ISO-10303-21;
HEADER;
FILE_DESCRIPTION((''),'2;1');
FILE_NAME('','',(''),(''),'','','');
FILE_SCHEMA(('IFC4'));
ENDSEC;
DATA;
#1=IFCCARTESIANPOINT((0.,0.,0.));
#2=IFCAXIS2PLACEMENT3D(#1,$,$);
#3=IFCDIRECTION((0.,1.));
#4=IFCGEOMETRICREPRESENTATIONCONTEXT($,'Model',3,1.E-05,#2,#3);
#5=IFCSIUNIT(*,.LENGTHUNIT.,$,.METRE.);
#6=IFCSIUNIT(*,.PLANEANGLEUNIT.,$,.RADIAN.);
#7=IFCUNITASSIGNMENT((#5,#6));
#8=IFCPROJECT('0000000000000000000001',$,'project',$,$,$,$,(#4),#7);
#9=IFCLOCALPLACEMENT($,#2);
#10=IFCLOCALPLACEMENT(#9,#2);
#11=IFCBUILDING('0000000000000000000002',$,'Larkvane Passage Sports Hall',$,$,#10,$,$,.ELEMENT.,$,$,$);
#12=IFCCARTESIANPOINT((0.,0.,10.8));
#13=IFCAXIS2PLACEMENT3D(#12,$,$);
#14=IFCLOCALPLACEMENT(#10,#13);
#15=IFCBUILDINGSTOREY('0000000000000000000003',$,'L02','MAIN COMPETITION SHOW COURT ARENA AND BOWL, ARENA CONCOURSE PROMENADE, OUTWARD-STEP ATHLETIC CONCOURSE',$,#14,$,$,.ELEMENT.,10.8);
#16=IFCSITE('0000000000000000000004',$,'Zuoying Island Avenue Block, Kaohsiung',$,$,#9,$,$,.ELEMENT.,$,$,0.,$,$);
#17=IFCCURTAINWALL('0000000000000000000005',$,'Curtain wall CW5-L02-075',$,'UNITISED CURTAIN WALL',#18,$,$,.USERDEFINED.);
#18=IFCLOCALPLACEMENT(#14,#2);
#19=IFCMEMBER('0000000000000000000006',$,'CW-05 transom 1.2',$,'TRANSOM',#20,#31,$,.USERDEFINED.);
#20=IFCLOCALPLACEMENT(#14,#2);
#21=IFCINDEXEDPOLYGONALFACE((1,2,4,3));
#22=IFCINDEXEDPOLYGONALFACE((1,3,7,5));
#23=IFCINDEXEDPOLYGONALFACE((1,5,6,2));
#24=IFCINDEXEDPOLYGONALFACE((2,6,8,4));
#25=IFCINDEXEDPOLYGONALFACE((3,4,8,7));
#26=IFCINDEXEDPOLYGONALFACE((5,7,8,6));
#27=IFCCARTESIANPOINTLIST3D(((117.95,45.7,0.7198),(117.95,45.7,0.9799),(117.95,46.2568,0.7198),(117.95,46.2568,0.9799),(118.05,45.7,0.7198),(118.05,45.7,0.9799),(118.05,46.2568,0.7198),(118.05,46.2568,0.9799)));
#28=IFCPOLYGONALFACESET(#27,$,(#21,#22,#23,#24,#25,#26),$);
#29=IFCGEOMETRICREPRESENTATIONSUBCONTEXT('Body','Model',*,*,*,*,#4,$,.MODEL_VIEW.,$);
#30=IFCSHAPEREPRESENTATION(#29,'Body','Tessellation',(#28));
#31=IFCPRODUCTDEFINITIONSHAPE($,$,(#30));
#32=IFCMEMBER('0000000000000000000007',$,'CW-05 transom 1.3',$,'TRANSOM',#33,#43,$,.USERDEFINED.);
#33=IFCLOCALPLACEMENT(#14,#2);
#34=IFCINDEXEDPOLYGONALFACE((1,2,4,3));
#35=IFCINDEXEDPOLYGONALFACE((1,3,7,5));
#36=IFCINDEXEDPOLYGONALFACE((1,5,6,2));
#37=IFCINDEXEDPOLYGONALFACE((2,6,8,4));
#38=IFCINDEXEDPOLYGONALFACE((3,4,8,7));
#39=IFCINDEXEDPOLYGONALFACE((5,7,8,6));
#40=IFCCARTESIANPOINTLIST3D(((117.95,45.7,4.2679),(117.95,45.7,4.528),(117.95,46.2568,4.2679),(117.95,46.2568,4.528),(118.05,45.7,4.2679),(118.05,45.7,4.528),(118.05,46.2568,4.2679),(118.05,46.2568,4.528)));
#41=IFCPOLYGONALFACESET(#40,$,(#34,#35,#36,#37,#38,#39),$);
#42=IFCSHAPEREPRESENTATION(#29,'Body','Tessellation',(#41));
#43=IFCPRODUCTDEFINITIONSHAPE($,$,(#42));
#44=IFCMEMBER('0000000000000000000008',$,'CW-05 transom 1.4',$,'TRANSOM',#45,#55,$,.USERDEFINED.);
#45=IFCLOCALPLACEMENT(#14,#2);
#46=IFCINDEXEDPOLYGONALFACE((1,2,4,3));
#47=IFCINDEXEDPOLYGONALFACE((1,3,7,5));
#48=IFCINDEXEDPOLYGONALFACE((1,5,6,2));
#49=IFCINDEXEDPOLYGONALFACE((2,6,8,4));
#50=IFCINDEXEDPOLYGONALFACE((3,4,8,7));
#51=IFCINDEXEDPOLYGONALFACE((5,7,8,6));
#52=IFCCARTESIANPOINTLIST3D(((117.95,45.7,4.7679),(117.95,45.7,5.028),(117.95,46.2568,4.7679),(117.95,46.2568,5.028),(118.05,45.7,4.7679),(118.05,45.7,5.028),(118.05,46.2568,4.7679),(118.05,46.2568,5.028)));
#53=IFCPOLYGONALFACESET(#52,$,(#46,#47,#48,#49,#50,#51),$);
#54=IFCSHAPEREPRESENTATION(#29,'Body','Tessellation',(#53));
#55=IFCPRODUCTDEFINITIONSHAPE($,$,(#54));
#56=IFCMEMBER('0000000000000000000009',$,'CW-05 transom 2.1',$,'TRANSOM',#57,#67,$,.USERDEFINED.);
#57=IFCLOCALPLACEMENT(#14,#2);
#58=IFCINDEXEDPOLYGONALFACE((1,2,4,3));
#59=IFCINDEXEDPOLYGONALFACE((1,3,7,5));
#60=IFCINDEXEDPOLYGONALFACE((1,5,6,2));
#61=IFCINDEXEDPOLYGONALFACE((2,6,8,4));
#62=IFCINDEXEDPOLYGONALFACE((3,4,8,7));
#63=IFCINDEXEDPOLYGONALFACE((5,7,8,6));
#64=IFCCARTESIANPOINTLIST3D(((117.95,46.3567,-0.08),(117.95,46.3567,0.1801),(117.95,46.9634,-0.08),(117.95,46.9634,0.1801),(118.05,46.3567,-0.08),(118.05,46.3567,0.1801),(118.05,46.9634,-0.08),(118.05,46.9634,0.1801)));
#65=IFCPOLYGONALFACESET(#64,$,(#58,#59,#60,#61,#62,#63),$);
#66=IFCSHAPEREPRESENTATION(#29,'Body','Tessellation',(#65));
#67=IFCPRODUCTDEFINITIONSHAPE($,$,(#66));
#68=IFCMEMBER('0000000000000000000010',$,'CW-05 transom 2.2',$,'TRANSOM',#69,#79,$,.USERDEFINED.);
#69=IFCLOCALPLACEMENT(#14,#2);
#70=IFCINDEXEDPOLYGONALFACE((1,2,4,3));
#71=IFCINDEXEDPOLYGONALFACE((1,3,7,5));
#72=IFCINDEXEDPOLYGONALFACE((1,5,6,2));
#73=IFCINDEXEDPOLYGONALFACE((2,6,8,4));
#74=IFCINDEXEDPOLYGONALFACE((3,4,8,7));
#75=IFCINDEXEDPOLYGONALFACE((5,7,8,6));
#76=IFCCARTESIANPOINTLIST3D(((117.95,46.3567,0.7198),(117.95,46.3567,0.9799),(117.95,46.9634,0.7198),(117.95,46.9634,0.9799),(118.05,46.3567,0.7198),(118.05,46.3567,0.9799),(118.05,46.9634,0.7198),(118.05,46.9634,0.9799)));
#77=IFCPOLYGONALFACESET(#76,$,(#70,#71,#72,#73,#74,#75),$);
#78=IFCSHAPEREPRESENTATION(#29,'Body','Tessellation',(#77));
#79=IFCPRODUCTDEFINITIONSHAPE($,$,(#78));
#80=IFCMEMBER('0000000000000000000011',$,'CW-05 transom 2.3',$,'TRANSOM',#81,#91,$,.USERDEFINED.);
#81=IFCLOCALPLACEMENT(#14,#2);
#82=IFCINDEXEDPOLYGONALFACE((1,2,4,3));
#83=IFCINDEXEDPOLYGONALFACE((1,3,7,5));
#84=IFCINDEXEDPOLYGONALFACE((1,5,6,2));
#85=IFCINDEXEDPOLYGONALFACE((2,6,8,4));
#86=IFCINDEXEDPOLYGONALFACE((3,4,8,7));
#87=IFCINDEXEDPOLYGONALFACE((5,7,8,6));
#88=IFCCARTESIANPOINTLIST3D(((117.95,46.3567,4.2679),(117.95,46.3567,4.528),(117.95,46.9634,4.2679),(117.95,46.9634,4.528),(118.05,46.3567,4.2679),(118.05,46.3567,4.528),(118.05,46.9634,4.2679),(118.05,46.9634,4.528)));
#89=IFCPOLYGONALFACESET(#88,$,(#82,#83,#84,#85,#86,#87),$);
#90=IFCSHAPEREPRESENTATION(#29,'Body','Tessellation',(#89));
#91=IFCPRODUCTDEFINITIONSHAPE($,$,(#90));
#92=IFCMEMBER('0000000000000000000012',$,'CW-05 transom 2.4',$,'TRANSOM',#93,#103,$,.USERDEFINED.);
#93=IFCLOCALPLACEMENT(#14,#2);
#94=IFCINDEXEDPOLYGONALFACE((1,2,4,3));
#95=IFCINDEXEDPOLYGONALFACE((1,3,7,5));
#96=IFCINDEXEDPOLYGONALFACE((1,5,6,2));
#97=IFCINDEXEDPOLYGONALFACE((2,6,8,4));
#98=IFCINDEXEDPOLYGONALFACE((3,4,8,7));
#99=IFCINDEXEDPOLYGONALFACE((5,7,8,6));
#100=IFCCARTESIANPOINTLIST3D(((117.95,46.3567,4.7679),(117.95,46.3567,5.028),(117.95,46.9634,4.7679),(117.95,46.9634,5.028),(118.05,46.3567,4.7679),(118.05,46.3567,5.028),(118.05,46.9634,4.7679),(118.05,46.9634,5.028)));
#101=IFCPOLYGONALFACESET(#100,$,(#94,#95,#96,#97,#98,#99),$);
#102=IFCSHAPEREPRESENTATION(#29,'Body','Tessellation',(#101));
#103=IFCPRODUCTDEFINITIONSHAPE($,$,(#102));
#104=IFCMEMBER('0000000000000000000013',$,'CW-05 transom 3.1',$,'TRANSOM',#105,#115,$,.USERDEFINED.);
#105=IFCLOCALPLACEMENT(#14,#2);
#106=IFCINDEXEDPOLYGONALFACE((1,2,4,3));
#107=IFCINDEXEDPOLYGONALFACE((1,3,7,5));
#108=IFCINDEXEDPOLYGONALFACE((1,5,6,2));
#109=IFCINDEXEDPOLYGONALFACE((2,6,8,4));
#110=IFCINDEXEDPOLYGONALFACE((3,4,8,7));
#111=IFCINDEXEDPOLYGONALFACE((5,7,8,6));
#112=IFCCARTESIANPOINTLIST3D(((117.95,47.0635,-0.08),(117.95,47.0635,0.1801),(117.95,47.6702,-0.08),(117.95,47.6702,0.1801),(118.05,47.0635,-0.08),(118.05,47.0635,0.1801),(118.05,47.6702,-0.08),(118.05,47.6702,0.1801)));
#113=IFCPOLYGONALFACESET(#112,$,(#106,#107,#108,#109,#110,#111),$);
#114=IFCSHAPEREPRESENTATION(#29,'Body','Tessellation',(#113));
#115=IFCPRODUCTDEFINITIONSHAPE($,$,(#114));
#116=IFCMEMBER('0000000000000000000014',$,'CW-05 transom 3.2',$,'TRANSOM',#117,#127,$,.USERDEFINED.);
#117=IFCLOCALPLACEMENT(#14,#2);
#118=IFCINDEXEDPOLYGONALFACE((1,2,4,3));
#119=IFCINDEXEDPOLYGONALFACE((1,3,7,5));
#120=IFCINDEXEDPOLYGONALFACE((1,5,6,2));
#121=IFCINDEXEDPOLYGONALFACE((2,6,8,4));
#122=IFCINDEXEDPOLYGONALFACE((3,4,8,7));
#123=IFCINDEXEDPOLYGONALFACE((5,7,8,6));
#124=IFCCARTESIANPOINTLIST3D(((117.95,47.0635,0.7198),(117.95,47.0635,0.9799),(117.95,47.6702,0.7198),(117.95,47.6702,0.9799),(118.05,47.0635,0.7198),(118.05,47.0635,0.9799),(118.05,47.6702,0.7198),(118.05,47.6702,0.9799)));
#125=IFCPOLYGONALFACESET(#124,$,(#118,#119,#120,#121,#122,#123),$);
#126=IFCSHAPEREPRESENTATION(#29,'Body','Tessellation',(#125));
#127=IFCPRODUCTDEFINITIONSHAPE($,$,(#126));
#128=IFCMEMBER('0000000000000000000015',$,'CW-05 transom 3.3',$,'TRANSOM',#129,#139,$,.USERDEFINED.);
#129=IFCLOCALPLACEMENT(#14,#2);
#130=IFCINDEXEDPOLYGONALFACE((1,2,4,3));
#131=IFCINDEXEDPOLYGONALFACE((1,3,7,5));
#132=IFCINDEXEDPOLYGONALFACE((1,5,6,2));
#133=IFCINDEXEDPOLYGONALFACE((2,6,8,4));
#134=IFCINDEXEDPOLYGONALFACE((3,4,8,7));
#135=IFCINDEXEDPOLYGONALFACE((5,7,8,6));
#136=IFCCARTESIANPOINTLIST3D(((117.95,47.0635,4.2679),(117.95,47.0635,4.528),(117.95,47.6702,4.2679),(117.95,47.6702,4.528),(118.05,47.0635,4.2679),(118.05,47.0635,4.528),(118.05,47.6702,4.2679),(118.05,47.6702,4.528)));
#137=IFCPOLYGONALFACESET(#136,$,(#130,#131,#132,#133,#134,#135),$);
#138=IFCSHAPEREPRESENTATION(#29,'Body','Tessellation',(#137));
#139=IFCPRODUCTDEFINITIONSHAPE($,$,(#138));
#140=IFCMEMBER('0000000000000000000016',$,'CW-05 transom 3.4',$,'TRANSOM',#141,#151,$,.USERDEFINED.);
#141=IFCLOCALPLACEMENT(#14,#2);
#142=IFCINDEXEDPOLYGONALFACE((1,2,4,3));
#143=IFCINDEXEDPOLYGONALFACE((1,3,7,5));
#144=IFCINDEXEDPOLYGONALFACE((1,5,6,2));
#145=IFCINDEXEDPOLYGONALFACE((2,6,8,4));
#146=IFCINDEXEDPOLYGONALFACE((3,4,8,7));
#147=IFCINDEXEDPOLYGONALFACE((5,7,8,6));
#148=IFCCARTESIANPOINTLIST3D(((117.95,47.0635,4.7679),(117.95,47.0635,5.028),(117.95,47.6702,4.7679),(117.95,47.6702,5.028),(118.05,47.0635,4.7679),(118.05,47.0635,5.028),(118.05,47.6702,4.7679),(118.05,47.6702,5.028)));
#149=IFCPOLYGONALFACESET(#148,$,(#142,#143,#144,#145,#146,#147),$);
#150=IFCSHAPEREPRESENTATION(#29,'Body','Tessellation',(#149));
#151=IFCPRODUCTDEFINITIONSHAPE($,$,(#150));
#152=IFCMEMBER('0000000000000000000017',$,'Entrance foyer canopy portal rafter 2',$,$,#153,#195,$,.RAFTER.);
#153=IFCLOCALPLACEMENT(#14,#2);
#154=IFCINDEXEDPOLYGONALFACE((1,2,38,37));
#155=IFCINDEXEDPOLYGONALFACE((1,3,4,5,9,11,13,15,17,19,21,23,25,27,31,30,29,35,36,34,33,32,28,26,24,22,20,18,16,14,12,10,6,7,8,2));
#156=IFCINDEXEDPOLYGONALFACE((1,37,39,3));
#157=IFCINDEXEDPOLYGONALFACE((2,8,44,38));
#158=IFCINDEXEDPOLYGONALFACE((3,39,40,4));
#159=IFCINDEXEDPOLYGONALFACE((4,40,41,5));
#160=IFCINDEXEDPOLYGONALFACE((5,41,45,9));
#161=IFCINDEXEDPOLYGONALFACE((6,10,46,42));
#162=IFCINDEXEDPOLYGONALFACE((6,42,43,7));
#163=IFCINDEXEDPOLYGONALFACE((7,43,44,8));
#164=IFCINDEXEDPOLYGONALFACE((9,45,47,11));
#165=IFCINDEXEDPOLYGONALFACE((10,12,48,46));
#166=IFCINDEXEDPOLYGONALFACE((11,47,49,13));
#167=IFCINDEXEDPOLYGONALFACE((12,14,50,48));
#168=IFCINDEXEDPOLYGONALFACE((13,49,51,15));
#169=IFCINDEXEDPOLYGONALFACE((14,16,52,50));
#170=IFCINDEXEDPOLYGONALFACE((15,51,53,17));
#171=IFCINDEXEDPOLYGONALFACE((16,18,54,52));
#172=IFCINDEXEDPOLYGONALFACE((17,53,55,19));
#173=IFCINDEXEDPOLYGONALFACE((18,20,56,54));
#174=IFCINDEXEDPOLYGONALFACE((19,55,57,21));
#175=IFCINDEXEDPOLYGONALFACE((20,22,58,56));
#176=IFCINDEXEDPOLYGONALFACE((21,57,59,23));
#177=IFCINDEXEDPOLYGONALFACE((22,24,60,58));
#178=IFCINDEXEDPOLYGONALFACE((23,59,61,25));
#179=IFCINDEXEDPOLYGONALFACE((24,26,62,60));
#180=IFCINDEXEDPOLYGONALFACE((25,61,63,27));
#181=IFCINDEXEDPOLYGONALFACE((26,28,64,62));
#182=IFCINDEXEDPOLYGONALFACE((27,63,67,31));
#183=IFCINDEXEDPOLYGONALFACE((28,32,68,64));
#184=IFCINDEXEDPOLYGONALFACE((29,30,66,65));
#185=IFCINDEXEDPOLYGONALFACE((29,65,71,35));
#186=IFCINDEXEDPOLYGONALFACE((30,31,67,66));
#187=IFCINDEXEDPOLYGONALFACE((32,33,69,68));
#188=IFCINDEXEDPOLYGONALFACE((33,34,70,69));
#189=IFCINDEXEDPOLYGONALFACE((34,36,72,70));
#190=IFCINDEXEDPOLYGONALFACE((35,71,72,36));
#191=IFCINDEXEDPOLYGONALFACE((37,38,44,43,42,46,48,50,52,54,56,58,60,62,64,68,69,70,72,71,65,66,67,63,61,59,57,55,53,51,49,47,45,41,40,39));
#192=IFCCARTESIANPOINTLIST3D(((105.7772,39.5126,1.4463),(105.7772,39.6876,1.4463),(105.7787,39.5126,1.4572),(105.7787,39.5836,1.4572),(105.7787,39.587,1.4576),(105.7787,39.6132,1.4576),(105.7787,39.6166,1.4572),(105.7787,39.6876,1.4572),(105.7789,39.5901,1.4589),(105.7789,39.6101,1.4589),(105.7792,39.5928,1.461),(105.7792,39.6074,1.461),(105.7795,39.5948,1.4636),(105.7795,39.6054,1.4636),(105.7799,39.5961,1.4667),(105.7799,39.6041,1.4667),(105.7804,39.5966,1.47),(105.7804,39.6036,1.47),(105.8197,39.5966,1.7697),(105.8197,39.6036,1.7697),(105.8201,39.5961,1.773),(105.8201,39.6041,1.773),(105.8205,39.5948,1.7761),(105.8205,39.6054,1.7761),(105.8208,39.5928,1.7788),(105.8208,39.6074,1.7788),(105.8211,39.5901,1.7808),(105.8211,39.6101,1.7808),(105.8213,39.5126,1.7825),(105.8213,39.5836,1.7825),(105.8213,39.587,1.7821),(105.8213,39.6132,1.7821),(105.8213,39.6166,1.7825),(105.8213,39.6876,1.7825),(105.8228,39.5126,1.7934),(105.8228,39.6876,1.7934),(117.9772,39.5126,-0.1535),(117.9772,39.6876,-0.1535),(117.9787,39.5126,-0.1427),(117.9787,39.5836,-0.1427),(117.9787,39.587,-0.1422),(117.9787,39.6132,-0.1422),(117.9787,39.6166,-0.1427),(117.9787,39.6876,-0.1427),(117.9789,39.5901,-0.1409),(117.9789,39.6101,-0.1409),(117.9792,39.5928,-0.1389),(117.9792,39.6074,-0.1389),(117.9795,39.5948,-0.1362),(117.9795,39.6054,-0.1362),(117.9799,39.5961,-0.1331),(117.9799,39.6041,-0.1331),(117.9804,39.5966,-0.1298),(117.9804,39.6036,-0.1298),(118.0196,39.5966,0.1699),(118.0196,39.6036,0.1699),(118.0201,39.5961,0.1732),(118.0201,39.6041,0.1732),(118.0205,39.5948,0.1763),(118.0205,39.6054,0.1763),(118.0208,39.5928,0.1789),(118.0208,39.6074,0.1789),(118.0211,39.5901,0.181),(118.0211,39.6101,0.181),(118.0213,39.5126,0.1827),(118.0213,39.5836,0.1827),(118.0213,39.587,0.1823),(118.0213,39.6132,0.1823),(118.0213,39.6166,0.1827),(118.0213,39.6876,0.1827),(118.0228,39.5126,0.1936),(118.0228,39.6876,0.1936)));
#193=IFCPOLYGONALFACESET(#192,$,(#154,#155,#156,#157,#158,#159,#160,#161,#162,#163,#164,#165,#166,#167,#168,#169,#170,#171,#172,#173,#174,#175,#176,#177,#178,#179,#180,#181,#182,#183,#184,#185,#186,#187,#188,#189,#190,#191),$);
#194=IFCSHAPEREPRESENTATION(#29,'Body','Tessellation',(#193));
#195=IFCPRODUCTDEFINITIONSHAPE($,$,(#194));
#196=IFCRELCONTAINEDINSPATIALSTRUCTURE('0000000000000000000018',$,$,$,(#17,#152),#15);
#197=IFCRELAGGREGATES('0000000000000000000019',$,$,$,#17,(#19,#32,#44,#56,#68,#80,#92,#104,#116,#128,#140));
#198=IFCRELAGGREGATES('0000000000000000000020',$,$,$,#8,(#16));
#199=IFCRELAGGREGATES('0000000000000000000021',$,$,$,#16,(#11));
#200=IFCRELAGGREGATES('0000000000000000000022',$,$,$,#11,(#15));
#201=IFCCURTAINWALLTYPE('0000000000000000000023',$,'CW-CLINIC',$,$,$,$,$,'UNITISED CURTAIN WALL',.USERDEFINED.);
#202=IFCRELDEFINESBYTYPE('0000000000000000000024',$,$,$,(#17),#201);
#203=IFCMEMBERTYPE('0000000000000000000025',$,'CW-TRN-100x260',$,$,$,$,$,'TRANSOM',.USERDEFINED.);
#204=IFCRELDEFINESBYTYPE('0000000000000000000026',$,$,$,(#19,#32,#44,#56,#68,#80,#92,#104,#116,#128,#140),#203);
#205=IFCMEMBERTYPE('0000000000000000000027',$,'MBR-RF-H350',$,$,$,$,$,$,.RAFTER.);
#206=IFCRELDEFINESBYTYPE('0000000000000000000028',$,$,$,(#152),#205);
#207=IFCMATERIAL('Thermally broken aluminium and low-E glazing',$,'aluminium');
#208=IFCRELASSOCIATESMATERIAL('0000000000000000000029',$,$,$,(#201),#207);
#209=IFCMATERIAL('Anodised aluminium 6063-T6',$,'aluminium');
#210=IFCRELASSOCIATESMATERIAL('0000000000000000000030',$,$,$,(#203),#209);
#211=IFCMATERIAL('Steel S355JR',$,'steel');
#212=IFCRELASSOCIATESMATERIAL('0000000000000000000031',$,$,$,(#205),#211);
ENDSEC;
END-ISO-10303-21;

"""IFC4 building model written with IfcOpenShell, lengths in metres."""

from ifc_helpers import new_model, si_unit, direction, frame, origin, origin_2d, place, context, subcontext, project, spatial, rectangle, i_section, extrude, material, material_profile, profile_set, type_object, element, aggregate, save


model = new_model("IFC4")

# Units and contexts
model_context = context("Model", 3, precision=1e-05, world=origin(), true_north=direction((0.0, 1.0)))
body_context = subcontext(model_context, "Body", "Model", "MODEL_VIEW")
ifc_project = project(units=[si_unit("LENGTHUNIT", "METRE"), si_unit("PLANEANGLEUNIT", "RADIAN")], contexts=[model_context])

# Site, building, storey
site_placement = place(None, origin())
site = spatial("IfcSite", under=ifc_project, at=site_placement, Name="Zuoying Island Avenue Block, Kaohsiung", CompositionType="ELEMENT", RefElevation=0.0)
building_placement = place(site_placement, origin())
building = spatial("IfcBuilding", under=site, at=building_placement, Name="Larkvane Passage Sports Hall", CompositionType="ELEMENT")
storey_placement = place(building_placement, frame((0.0, 0.0, 10.8)))
storey = spatial("IfcBuildingStorey", under=building, at=storey_placement, Name="L02", Description="MAIN COMPETITION SHOW COURT ARENA AND BOWL, ARENA CONCOURSE PROMENADE, OUTWARD-STEP ATHLETIC CONCOURSE", CompositionType="ELEMENT", Elevation=10.8)

# Curtain wall
ifc_material_1 = material(Name="Thermally broken aluminium and low-E glazing", Category="aluminium")
curtain_wall_type_1 = type_object("IfcCurtainWallType", Name="CW-CLINIC", ElementType="UNITISED CURTAIN WALL", PredefinedType="USERDEFINED", material=ifc_material_1)
curtain_wall_1_placement = place(storey_placement, origin())
curtain_wall_1 = element("IfcCurtainWall", 1, at=curtain_wall_1_placement, inside=storey, type_object=curtain_wall_type_1, Name="Curtain wall CW5-L02-075", ObjectType="UNITISED CURTAIN WALL", PredefinedType="USERDEFINED")
ifc_material_2 = material(Name="Anodised aluminium 6063-T6", Category="aluminium")

# Members
ifc_material_profile_1 = material_profile(ifc_material_2, rectangle(XDim=0.1001, YDim=0.26, at=origin_2d()), Name="ALU-TRN-100x260")
ifc_profile_set_1 = profile_set([ifc_material_profile_1], Name="Anodised aluminium 6063-T6")
member_type_1 = type_object("IfcMemberType", Name="CW-TRN-100x260", ElementType="TRANSOM", PredefinedType="USERDEFINED", material=ifc_profile_set_1)
member_1_placement = place(storey_placement, frame((118.0, 45.7, 0.8499), z_axis=(0.0, 1.0, 0.0), x_axis=(-1.0, 0.0, 0.0)))
member_1 = element("IfcMember", 2, at=member_1_placement, type_object=member_type_1, Name="CW-05 transom 1.2", ObjectType="TRANSOM", PredefinedType="USERDEFINED", context=body_context, shape_type="SweptSolid", body=[
    extrude(rectangle(XDim=0.1001, YDim=0.26, at=origin_2d()), origin(), (0.0, 0.0, 1.0), 0.5569),
])
member_2_placement = place(storey_placement, frame((118.0, 45.7, 4.3979), z_axis=(0.0, 1.0, 0.0), x_axis=(-1.0, 0.0, 0.0)))
member_2 = element("IfcMember", 3, at=member_2_placement, type_object=member_type_1, Name="CW-05 transom 1.3", ObjectType="TRANSOM", PredefinedType="USERDEFINED", context=body_context, shape_type="SweptSolid", body=[
    extrude(rectangle(XDim=0.1001, YDim=0.26, at=origin_2d()), origin(), (0.0, 0.0, 1.0), 0.5569),
])
member_3_placement = place(storey_placement, frame((118.0, 45.7, 4.8979), z_axis=(0.0, 1.0, 0.0), x_axis=(-1.0, 0.0, 0.0)))
member_3 = element("IfcMember", 4, at=member_3_placement, type_object=member_type_1, Name="CW-05 transom 1.4", ObjectType="TRANSOM", PredefinedType="USERDEFINED", context=body_context, shape_type="SweptSolid", body=[
    extrude(rectangle(XDim=0.1001, YDim=0.26, at=origin_2d()), origin(), (0.0, 0.0, 1.0), 0.5569),
])
member_4_placement = place(storey_placement, frame((118.0, 46.3567, 0.05), z_axis=(0.0, 1.0, 0.0), x_axis=(-1.0, 0.0, 0.0)))
member_4 = element("IfcMember", 5, at=member_4_placement, type_object=member_type_1, Name="CW-05 transom 2.1", ObjectType="TRANSOM", PredefinedType="USERDEFINED", context=body_context, shape_type="SweptSolid", body=[
    extrude(rectangle(XDim=0.1001, YDim=0.26, at=origin_2d()), origin(), (0.0, 0.0, 1.0), 0.6067),
])
member_5_placement = place(storey_placement, frame((118.0, 46.3567, 0.8499), z_axis=(0.0, 1.0, 0.0), x_axis=(-1.0, 0.0, 0.0)))
member_5 = element("IfcMember", 6, at=member_5_placement, type_object=member_type_1, Name="CW-05 transom 2.2", ObjectType="TRANSOM", PredefinedType="USERDEFINED", context=body_context, shape_type="SweptSolid", body=[
    extrude(rectangle(XDim=0.1001, YDim=0.26, at=origin_2d()), origin(), (0.0, 0.0, 1.0), 0.6067),
])
member_6_placement = place(storey_placement, frame((118.0, 46.3567, 4.3979), z_axis=(0.0, 1.0, 0.0), x_axis=(-1.0, 0.0, 0.0)))
member_6 = element("IfcMember", 7, at=member_6_placement, type_object=member_type_1, Name="CW-05 transom 2.3", ObjectType="TRANSOM", PredefinedType="USERDEFINED", context=body_context, shape_type="SweptSolid", body=[
    extrude(rectangle(XDim=0.1001, YDim=0.26, at=origin_2d()), origin(), (0.0, 0.0, 1.0), 0.6067),
])
member_7_placement = place(storey_placement, frame((118.0, 46.3567, 4.8979), z_axis=(0.0, 1.0, 0.0), x_axis=(-1.0, 0.0, 0.0)))
member_7 = element("IfcMember", 8, at=member_7_placement, type_object=member_type_1, Name="CW-05 transom 2.4", ObjectType="TRANSOM", PredefinedType="USERDEFINED", context=body_context, shape_type="SweptSolid", body=[
    extrude(rectangle(XDim=0.1001, YDim=0.26, at=origin_2d()), origin(), (0.0, 0.0, 1.0), 0.6067),
])
member_8_placement = place(storey_placement, frame((118.0, 47.0635, 0.05), z_axis=(0.0, 1.0, 0.0), x_axis=(-1.0, 0.0, 0.0)))
member_8 = element("IfcMember", 9, at=member_8_placement, type_object=member_type_1, Name="CW-05 transom 3.1", ObjectType="TRANSOM", PredefinedType="USERDEFINED", context=body_context, shape_type="SweptSolid", body=[
    extrude(rectangle(XDim=0.1001, YDim=0.26, at=origin_2d()), origin(), (0.0, 0.0, 1.0), 0.6067),
])
member_9_placement = place(storey_placement, frame((118.0, 47.0635, 0.8499), z_axis=(0.0, 1.0, 0.0), x_axis=(-1.0, 0.0, 0.0)))
member_9 = element("IfcMember", 10, at=member_9_placement, type_object=member_type_1, Name="CW-05 transom 3.2", ObjectType="TRANSOM", PredefinedType="USERDEFINED", context=body_context, shape_type="SweptSolid", body=[
    extrude(rectangle(XDim=0.1001, YDim=0.26, at=origin_2d()), origin(), (0.0, 0.0, 1.0), 0.6067),
])
member_10_placement = place(storey_placement, frame((118.0, 47.0635, 4.3979), z_axis=(0.0, 1.0, 0.0), x_axis=(-1.0, 0.0, 0.0)))
member_10 = element("IfcMember", 11, at=member_10_placement, type_object=member_type_1, Name="CW-05 transom 3.3", ObjectType="TRANSOM", PredefinedType="USERDEFINED", context=body_context, shape_type="SweptSolid", body=[
    extrude(rectangle(XDim=0.1001, YDim=0.26, at=origin_2d()), origin(), (0.0, 0.0, 1.0), 0.6067),
])
member_11_placement = place(storey_placement, frame((118.0, 47.0635, 4.8979), z_axis=(0.0, 1.0, 0.0), x_axis=(-1.0, 0.0, 0.0)))
member_11 = element("IfcMember", 12, at=member_11_placement, type_object=member_type_1, Name="CW-05 transom 3.4", ObjectType="TRANSOM", PredefinedType="USERDEFINED", context=body_context, shape_type="SweptSolid", body=[
    extrude(rectangle(XDim=0.1001, YDim=0.26, at=origin_2d()), origin(), (0.0, 0.0, 1.0), 0.6067),
])
ifc_material_3 = material(Name="Steel S355JR", Category="steel")
ifc_material_profile_2 = material_profile(ifc_material_3, i_section(OverallWidth=0.175, OverallDepth=0.3501, WebThickness=0.0071, FlangeThickness=0.011, FilletRadius=0.0129, at=origin_2d()), Name="H-350x175x7x11")
ifc_profile_set_2 = profile_set([ifc_material_profile_2], Name="Steel S355JR")
member_type_2 = type_object("IfcMemberType", Name="MBR-RF-H350", PredefinedType="RAFTER", material=ifc_profile_set_2)
member_12_placement = place(storey_placement, frame((118.0, 39.6001, 0.02), z_axis=(-0.991511, 0.0, 0.130023), x_axis=(0.0, -1.0, 0.0)))
element("IfcMember", 13, at=member_12_placement, inside=storey, type_object=member_type_2, Name="Entrance foyer canopy portal rafter 2", PredefinedType="RAFTER", context=body_context, shape_type="SweptSolid", body=[
    extrude(i_section(OverallWidth=0.175, OverallDepth=0.3501, WebThickness=0.0071, FlangeThickness=0.011, FilletRadius=0.0129, at=origin_2d()), origin(), (0.0, 0.0, 1.0), 12.3044),
])

aggregate(curtain_wall_1, [member_1, member_2, member_3, member_4, member_5, member_6, member_7, member_8, member_9, member_10, member_11])

save(model, "model.ifc")
